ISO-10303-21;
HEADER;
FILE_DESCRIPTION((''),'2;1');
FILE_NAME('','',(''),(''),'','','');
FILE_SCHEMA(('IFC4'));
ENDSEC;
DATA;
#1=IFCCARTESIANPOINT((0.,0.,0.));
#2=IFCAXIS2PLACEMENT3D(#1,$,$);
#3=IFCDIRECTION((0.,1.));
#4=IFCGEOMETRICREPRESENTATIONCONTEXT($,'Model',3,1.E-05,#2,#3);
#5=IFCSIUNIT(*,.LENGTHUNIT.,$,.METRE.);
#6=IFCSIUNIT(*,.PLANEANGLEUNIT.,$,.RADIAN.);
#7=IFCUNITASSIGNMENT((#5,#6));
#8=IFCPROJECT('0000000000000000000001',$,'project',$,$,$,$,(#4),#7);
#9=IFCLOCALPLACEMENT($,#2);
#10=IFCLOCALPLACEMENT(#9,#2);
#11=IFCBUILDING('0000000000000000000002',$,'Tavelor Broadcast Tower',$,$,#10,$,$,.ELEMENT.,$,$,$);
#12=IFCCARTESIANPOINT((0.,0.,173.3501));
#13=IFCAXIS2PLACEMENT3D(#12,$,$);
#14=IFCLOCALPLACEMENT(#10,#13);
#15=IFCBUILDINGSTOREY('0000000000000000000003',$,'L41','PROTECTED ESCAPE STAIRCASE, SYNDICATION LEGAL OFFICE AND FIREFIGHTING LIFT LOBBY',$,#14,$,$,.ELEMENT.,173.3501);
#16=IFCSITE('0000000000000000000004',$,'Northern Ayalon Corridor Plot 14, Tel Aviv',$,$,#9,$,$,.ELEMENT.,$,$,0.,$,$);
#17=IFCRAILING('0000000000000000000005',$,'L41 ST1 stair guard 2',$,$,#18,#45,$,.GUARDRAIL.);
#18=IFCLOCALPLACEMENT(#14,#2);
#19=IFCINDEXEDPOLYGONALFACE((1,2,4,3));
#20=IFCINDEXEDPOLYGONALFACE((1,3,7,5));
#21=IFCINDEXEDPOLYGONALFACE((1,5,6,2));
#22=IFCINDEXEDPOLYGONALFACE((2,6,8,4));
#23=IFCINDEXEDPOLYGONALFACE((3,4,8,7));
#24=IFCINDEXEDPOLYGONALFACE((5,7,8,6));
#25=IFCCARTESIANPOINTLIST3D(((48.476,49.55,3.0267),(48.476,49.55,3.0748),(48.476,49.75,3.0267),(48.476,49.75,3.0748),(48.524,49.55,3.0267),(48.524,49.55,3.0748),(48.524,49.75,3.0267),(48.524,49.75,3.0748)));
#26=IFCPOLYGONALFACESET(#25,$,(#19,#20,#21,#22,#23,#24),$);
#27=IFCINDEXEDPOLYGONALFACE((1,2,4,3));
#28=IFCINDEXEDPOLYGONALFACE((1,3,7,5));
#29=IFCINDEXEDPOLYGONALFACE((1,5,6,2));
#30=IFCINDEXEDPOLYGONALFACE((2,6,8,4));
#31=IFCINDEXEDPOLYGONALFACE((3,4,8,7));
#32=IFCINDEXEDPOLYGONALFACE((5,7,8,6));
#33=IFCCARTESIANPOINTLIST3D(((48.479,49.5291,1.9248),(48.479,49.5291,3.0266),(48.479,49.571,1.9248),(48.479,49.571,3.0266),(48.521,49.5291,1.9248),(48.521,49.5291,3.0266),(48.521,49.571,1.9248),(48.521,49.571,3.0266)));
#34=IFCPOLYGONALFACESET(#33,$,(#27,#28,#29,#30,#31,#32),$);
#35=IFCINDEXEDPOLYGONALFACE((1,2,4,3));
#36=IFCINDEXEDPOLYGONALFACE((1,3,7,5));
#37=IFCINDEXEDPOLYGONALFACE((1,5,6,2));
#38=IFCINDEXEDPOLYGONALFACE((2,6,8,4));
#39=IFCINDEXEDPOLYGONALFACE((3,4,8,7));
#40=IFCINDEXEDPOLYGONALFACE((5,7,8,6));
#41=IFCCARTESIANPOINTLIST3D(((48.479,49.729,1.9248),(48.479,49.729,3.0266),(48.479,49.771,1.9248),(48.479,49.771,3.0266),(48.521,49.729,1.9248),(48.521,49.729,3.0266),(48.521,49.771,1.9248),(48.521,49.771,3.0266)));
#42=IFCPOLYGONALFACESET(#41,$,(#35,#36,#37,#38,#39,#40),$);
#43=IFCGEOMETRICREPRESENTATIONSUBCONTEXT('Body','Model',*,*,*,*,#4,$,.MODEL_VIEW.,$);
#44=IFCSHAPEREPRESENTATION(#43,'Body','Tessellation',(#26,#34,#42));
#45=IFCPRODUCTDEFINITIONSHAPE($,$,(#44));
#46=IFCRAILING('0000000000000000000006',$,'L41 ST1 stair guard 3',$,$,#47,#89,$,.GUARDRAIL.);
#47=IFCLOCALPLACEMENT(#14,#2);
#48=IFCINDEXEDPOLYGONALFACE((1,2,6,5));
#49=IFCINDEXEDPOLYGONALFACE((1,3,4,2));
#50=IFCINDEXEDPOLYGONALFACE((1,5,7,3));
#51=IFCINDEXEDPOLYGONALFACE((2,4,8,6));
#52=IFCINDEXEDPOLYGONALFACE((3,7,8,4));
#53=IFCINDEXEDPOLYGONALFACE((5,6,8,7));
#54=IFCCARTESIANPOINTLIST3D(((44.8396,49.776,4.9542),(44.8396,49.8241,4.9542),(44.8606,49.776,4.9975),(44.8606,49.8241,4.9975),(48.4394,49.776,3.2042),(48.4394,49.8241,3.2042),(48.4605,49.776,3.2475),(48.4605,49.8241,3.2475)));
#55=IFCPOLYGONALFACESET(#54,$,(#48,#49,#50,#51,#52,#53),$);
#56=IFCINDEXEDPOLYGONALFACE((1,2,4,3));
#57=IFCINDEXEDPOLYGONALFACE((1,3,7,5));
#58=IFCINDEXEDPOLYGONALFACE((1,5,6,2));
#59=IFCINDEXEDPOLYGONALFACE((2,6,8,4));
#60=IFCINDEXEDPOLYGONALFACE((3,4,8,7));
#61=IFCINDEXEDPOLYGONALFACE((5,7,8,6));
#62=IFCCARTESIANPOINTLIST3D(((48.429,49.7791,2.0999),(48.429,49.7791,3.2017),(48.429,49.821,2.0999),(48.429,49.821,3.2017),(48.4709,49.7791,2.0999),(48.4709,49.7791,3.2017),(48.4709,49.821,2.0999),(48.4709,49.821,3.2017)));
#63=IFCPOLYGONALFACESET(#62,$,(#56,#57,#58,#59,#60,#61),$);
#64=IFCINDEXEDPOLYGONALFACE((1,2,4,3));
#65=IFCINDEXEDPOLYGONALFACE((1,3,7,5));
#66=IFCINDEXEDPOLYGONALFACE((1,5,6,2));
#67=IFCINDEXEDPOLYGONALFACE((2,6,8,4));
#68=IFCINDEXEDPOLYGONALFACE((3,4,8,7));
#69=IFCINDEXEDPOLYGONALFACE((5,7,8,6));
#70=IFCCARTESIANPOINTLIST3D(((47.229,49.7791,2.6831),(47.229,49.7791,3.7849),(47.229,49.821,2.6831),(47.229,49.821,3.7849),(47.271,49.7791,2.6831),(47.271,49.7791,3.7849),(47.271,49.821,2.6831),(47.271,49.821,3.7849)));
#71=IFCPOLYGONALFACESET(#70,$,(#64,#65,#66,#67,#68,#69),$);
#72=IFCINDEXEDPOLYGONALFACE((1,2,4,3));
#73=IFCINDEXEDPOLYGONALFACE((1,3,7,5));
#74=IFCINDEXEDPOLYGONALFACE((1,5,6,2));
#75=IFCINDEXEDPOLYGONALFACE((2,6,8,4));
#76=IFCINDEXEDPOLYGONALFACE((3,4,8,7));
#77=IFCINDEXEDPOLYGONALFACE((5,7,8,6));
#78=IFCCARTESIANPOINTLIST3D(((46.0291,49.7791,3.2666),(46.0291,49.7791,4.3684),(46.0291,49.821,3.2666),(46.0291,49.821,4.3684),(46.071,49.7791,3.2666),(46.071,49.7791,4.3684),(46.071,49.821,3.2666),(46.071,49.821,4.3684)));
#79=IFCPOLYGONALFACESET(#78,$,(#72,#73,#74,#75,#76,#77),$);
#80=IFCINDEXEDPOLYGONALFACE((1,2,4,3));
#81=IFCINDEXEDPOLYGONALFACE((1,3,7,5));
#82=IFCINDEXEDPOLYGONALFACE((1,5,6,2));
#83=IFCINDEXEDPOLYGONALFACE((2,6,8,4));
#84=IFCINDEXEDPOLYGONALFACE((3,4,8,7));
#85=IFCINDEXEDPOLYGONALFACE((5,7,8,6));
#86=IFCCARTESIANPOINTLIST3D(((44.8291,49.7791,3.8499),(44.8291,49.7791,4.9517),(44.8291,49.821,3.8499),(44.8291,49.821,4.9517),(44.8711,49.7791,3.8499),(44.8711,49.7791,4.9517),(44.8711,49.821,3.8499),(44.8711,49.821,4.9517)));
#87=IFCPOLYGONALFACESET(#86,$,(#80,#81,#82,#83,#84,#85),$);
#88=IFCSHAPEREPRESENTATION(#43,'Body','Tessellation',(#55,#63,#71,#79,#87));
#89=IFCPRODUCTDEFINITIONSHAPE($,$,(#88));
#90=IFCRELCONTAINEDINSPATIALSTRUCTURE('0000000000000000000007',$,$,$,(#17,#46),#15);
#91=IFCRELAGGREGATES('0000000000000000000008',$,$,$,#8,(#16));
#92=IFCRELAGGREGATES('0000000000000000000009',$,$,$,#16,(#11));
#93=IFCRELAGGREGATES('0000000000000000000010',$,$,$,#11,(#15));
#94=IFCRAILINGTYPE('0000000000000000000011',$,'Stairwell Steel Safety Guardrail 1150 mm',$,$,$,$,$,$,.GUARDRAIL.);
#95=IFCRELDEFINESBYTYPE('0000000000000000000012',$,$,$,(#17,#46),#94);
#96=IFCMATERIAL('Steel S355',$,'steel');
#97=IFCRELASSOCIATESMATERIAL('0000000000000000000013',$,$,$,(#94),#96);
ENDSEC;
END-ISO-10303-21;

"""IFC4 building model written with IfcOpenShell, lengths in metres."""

from ifc_helpers import new_model, si_unit, direction, frame, origin, origin_2d, place, context, subcontext, project, spatial, rectangle, extrude, material, type_object, element, save


model = new_model("IFC4")

# Units and contexts
model_context = context("Model", 3, precision=1e-05, world=origin(), true_north=direction((0.0, 1.0)))
body_context = subcontext(model_context, "Body", "Model", "MODEL_VIEW")
ifc_project = project(units=[si_unit("LENGTHUNIT", "METRE"), si_unit("PLANEANGLEUNIT", "RADIAN")], contexts=[model_context])

# Site, building, storey
site_placement = place(None, origin())
site = spatial("IfcSite", under=ifc_project, at=site_placement, Name="Northern Ayalon Corridor Plot 14, Tel Aviv", CompositionType="ELEMENT", RefElevation=0.0)
building_placement = place(site_placement, origin())
building = spatial("IfcBuilding", under=site, at=building_placement, Name="Tavelor Broadcast Tower", CompositionType="ELEMENT")
storey_placement = place(building_placement, frame((0.0, 0.0, 173.3501)))
storey = spatial("IfcBuildingStorey", under=building, at=storey_placement, Name="L41", Description="PROTECTED ESCAPE STAIRCASE, SYNDICATION LEGAL OFFICE AND FIREFIGHTING LIFT LOBBY", CompositionType="ELEMENT", Elevation=173.3501)

# Shared definitions
ifc_material_1 = material(Name="Steel S355", Category="steel")

# Railings
railing_type_1 = type_object("IfcRailingType", Name="Stairwell Steel Safety Guardrail 1150 mm", PredefinedType="GUARDRAIL", material=ifc_material_1)
railing_1_placement = place(storey_placement, frame((48.5, 49.55, 1.9248)))
element("IfcRailing", 1, at=railing_1_placement, inside=storey, type_object=railing_type_1, Name="L41 ST1 stair guard 2", PredefinedType="GUARDRAIL", context=body_context, shape_type="SweptSolid", body=[
    extrude(rectangle(XDim=0.0481, YDim=0.0481, at=origin_2d()), frame((0.0, 0.0, 1.126), z_axis=(0.0, 1.0, 0.0), x_axis=(-1.0, 0.0, 0.0)), (0.0, 0.0, 1.0), 0.2),
    extrude(rectangle(XDim=0.042, YDim=0.042, at=origin_2d()), origin(), (0.0, 0.0, 1.0), 1.1018),
    extrude(rectangle(XDim=0.042, YDim=0.042, at=origin_2d()), frame((0.0, 0.2, 0.0)), (0.0, 0.0, 1.0), 1.1018),
])
railing_2_placement = place(storey_placement, frame((48.45, 49.8, 2.0999)))
element("IfcRailing", 2, at=railing_2_placement, inside=storey, type_object=railing_type_1, Name="L41 ST1 stair guard 3", PredefinedType="GUARDRAIL", context=body_context, shape_type="SweptSolid", body=[
    extrude(rectangle(XDim=0.0481, YDim=0.0481, at=origin_2d()), frame((0.0, 0.0, 1.126), z_axis=(-0.899361, 0.0, 0.437207), x_axis=(0.0, -1.0, 0.0)), (0.0, 0.0, 1.0), 4.0027),
    extrude(rectangle(XDim=0.042, YDim=0.042, at=origin_2d()), origin(), (0.0, 0.0, 1.0), 1.1018),
    extrude(rectangle(XDim=0.042, YDim=0.042, at=origin_2d()), frame((-1.2, 0.0, 0.5833)), (0.0, 0.0, 1.0), 1.1018),
    extrude(rectangle(XDim=0.042, YDim=0.042, at=origin_2d()), frame((-2.3999, 0.0, 1.1667)), (0.0, 0.0, 1.0), 1.1018),
    extrude(rectangle(XDim=0.042, YDim=0.042, at=origin_2d()), frame((-3.5999, 0.0, 1.75)), (0.0, 0.0, 1.0), 1.1018),
])

save(model, "model.ifc")
